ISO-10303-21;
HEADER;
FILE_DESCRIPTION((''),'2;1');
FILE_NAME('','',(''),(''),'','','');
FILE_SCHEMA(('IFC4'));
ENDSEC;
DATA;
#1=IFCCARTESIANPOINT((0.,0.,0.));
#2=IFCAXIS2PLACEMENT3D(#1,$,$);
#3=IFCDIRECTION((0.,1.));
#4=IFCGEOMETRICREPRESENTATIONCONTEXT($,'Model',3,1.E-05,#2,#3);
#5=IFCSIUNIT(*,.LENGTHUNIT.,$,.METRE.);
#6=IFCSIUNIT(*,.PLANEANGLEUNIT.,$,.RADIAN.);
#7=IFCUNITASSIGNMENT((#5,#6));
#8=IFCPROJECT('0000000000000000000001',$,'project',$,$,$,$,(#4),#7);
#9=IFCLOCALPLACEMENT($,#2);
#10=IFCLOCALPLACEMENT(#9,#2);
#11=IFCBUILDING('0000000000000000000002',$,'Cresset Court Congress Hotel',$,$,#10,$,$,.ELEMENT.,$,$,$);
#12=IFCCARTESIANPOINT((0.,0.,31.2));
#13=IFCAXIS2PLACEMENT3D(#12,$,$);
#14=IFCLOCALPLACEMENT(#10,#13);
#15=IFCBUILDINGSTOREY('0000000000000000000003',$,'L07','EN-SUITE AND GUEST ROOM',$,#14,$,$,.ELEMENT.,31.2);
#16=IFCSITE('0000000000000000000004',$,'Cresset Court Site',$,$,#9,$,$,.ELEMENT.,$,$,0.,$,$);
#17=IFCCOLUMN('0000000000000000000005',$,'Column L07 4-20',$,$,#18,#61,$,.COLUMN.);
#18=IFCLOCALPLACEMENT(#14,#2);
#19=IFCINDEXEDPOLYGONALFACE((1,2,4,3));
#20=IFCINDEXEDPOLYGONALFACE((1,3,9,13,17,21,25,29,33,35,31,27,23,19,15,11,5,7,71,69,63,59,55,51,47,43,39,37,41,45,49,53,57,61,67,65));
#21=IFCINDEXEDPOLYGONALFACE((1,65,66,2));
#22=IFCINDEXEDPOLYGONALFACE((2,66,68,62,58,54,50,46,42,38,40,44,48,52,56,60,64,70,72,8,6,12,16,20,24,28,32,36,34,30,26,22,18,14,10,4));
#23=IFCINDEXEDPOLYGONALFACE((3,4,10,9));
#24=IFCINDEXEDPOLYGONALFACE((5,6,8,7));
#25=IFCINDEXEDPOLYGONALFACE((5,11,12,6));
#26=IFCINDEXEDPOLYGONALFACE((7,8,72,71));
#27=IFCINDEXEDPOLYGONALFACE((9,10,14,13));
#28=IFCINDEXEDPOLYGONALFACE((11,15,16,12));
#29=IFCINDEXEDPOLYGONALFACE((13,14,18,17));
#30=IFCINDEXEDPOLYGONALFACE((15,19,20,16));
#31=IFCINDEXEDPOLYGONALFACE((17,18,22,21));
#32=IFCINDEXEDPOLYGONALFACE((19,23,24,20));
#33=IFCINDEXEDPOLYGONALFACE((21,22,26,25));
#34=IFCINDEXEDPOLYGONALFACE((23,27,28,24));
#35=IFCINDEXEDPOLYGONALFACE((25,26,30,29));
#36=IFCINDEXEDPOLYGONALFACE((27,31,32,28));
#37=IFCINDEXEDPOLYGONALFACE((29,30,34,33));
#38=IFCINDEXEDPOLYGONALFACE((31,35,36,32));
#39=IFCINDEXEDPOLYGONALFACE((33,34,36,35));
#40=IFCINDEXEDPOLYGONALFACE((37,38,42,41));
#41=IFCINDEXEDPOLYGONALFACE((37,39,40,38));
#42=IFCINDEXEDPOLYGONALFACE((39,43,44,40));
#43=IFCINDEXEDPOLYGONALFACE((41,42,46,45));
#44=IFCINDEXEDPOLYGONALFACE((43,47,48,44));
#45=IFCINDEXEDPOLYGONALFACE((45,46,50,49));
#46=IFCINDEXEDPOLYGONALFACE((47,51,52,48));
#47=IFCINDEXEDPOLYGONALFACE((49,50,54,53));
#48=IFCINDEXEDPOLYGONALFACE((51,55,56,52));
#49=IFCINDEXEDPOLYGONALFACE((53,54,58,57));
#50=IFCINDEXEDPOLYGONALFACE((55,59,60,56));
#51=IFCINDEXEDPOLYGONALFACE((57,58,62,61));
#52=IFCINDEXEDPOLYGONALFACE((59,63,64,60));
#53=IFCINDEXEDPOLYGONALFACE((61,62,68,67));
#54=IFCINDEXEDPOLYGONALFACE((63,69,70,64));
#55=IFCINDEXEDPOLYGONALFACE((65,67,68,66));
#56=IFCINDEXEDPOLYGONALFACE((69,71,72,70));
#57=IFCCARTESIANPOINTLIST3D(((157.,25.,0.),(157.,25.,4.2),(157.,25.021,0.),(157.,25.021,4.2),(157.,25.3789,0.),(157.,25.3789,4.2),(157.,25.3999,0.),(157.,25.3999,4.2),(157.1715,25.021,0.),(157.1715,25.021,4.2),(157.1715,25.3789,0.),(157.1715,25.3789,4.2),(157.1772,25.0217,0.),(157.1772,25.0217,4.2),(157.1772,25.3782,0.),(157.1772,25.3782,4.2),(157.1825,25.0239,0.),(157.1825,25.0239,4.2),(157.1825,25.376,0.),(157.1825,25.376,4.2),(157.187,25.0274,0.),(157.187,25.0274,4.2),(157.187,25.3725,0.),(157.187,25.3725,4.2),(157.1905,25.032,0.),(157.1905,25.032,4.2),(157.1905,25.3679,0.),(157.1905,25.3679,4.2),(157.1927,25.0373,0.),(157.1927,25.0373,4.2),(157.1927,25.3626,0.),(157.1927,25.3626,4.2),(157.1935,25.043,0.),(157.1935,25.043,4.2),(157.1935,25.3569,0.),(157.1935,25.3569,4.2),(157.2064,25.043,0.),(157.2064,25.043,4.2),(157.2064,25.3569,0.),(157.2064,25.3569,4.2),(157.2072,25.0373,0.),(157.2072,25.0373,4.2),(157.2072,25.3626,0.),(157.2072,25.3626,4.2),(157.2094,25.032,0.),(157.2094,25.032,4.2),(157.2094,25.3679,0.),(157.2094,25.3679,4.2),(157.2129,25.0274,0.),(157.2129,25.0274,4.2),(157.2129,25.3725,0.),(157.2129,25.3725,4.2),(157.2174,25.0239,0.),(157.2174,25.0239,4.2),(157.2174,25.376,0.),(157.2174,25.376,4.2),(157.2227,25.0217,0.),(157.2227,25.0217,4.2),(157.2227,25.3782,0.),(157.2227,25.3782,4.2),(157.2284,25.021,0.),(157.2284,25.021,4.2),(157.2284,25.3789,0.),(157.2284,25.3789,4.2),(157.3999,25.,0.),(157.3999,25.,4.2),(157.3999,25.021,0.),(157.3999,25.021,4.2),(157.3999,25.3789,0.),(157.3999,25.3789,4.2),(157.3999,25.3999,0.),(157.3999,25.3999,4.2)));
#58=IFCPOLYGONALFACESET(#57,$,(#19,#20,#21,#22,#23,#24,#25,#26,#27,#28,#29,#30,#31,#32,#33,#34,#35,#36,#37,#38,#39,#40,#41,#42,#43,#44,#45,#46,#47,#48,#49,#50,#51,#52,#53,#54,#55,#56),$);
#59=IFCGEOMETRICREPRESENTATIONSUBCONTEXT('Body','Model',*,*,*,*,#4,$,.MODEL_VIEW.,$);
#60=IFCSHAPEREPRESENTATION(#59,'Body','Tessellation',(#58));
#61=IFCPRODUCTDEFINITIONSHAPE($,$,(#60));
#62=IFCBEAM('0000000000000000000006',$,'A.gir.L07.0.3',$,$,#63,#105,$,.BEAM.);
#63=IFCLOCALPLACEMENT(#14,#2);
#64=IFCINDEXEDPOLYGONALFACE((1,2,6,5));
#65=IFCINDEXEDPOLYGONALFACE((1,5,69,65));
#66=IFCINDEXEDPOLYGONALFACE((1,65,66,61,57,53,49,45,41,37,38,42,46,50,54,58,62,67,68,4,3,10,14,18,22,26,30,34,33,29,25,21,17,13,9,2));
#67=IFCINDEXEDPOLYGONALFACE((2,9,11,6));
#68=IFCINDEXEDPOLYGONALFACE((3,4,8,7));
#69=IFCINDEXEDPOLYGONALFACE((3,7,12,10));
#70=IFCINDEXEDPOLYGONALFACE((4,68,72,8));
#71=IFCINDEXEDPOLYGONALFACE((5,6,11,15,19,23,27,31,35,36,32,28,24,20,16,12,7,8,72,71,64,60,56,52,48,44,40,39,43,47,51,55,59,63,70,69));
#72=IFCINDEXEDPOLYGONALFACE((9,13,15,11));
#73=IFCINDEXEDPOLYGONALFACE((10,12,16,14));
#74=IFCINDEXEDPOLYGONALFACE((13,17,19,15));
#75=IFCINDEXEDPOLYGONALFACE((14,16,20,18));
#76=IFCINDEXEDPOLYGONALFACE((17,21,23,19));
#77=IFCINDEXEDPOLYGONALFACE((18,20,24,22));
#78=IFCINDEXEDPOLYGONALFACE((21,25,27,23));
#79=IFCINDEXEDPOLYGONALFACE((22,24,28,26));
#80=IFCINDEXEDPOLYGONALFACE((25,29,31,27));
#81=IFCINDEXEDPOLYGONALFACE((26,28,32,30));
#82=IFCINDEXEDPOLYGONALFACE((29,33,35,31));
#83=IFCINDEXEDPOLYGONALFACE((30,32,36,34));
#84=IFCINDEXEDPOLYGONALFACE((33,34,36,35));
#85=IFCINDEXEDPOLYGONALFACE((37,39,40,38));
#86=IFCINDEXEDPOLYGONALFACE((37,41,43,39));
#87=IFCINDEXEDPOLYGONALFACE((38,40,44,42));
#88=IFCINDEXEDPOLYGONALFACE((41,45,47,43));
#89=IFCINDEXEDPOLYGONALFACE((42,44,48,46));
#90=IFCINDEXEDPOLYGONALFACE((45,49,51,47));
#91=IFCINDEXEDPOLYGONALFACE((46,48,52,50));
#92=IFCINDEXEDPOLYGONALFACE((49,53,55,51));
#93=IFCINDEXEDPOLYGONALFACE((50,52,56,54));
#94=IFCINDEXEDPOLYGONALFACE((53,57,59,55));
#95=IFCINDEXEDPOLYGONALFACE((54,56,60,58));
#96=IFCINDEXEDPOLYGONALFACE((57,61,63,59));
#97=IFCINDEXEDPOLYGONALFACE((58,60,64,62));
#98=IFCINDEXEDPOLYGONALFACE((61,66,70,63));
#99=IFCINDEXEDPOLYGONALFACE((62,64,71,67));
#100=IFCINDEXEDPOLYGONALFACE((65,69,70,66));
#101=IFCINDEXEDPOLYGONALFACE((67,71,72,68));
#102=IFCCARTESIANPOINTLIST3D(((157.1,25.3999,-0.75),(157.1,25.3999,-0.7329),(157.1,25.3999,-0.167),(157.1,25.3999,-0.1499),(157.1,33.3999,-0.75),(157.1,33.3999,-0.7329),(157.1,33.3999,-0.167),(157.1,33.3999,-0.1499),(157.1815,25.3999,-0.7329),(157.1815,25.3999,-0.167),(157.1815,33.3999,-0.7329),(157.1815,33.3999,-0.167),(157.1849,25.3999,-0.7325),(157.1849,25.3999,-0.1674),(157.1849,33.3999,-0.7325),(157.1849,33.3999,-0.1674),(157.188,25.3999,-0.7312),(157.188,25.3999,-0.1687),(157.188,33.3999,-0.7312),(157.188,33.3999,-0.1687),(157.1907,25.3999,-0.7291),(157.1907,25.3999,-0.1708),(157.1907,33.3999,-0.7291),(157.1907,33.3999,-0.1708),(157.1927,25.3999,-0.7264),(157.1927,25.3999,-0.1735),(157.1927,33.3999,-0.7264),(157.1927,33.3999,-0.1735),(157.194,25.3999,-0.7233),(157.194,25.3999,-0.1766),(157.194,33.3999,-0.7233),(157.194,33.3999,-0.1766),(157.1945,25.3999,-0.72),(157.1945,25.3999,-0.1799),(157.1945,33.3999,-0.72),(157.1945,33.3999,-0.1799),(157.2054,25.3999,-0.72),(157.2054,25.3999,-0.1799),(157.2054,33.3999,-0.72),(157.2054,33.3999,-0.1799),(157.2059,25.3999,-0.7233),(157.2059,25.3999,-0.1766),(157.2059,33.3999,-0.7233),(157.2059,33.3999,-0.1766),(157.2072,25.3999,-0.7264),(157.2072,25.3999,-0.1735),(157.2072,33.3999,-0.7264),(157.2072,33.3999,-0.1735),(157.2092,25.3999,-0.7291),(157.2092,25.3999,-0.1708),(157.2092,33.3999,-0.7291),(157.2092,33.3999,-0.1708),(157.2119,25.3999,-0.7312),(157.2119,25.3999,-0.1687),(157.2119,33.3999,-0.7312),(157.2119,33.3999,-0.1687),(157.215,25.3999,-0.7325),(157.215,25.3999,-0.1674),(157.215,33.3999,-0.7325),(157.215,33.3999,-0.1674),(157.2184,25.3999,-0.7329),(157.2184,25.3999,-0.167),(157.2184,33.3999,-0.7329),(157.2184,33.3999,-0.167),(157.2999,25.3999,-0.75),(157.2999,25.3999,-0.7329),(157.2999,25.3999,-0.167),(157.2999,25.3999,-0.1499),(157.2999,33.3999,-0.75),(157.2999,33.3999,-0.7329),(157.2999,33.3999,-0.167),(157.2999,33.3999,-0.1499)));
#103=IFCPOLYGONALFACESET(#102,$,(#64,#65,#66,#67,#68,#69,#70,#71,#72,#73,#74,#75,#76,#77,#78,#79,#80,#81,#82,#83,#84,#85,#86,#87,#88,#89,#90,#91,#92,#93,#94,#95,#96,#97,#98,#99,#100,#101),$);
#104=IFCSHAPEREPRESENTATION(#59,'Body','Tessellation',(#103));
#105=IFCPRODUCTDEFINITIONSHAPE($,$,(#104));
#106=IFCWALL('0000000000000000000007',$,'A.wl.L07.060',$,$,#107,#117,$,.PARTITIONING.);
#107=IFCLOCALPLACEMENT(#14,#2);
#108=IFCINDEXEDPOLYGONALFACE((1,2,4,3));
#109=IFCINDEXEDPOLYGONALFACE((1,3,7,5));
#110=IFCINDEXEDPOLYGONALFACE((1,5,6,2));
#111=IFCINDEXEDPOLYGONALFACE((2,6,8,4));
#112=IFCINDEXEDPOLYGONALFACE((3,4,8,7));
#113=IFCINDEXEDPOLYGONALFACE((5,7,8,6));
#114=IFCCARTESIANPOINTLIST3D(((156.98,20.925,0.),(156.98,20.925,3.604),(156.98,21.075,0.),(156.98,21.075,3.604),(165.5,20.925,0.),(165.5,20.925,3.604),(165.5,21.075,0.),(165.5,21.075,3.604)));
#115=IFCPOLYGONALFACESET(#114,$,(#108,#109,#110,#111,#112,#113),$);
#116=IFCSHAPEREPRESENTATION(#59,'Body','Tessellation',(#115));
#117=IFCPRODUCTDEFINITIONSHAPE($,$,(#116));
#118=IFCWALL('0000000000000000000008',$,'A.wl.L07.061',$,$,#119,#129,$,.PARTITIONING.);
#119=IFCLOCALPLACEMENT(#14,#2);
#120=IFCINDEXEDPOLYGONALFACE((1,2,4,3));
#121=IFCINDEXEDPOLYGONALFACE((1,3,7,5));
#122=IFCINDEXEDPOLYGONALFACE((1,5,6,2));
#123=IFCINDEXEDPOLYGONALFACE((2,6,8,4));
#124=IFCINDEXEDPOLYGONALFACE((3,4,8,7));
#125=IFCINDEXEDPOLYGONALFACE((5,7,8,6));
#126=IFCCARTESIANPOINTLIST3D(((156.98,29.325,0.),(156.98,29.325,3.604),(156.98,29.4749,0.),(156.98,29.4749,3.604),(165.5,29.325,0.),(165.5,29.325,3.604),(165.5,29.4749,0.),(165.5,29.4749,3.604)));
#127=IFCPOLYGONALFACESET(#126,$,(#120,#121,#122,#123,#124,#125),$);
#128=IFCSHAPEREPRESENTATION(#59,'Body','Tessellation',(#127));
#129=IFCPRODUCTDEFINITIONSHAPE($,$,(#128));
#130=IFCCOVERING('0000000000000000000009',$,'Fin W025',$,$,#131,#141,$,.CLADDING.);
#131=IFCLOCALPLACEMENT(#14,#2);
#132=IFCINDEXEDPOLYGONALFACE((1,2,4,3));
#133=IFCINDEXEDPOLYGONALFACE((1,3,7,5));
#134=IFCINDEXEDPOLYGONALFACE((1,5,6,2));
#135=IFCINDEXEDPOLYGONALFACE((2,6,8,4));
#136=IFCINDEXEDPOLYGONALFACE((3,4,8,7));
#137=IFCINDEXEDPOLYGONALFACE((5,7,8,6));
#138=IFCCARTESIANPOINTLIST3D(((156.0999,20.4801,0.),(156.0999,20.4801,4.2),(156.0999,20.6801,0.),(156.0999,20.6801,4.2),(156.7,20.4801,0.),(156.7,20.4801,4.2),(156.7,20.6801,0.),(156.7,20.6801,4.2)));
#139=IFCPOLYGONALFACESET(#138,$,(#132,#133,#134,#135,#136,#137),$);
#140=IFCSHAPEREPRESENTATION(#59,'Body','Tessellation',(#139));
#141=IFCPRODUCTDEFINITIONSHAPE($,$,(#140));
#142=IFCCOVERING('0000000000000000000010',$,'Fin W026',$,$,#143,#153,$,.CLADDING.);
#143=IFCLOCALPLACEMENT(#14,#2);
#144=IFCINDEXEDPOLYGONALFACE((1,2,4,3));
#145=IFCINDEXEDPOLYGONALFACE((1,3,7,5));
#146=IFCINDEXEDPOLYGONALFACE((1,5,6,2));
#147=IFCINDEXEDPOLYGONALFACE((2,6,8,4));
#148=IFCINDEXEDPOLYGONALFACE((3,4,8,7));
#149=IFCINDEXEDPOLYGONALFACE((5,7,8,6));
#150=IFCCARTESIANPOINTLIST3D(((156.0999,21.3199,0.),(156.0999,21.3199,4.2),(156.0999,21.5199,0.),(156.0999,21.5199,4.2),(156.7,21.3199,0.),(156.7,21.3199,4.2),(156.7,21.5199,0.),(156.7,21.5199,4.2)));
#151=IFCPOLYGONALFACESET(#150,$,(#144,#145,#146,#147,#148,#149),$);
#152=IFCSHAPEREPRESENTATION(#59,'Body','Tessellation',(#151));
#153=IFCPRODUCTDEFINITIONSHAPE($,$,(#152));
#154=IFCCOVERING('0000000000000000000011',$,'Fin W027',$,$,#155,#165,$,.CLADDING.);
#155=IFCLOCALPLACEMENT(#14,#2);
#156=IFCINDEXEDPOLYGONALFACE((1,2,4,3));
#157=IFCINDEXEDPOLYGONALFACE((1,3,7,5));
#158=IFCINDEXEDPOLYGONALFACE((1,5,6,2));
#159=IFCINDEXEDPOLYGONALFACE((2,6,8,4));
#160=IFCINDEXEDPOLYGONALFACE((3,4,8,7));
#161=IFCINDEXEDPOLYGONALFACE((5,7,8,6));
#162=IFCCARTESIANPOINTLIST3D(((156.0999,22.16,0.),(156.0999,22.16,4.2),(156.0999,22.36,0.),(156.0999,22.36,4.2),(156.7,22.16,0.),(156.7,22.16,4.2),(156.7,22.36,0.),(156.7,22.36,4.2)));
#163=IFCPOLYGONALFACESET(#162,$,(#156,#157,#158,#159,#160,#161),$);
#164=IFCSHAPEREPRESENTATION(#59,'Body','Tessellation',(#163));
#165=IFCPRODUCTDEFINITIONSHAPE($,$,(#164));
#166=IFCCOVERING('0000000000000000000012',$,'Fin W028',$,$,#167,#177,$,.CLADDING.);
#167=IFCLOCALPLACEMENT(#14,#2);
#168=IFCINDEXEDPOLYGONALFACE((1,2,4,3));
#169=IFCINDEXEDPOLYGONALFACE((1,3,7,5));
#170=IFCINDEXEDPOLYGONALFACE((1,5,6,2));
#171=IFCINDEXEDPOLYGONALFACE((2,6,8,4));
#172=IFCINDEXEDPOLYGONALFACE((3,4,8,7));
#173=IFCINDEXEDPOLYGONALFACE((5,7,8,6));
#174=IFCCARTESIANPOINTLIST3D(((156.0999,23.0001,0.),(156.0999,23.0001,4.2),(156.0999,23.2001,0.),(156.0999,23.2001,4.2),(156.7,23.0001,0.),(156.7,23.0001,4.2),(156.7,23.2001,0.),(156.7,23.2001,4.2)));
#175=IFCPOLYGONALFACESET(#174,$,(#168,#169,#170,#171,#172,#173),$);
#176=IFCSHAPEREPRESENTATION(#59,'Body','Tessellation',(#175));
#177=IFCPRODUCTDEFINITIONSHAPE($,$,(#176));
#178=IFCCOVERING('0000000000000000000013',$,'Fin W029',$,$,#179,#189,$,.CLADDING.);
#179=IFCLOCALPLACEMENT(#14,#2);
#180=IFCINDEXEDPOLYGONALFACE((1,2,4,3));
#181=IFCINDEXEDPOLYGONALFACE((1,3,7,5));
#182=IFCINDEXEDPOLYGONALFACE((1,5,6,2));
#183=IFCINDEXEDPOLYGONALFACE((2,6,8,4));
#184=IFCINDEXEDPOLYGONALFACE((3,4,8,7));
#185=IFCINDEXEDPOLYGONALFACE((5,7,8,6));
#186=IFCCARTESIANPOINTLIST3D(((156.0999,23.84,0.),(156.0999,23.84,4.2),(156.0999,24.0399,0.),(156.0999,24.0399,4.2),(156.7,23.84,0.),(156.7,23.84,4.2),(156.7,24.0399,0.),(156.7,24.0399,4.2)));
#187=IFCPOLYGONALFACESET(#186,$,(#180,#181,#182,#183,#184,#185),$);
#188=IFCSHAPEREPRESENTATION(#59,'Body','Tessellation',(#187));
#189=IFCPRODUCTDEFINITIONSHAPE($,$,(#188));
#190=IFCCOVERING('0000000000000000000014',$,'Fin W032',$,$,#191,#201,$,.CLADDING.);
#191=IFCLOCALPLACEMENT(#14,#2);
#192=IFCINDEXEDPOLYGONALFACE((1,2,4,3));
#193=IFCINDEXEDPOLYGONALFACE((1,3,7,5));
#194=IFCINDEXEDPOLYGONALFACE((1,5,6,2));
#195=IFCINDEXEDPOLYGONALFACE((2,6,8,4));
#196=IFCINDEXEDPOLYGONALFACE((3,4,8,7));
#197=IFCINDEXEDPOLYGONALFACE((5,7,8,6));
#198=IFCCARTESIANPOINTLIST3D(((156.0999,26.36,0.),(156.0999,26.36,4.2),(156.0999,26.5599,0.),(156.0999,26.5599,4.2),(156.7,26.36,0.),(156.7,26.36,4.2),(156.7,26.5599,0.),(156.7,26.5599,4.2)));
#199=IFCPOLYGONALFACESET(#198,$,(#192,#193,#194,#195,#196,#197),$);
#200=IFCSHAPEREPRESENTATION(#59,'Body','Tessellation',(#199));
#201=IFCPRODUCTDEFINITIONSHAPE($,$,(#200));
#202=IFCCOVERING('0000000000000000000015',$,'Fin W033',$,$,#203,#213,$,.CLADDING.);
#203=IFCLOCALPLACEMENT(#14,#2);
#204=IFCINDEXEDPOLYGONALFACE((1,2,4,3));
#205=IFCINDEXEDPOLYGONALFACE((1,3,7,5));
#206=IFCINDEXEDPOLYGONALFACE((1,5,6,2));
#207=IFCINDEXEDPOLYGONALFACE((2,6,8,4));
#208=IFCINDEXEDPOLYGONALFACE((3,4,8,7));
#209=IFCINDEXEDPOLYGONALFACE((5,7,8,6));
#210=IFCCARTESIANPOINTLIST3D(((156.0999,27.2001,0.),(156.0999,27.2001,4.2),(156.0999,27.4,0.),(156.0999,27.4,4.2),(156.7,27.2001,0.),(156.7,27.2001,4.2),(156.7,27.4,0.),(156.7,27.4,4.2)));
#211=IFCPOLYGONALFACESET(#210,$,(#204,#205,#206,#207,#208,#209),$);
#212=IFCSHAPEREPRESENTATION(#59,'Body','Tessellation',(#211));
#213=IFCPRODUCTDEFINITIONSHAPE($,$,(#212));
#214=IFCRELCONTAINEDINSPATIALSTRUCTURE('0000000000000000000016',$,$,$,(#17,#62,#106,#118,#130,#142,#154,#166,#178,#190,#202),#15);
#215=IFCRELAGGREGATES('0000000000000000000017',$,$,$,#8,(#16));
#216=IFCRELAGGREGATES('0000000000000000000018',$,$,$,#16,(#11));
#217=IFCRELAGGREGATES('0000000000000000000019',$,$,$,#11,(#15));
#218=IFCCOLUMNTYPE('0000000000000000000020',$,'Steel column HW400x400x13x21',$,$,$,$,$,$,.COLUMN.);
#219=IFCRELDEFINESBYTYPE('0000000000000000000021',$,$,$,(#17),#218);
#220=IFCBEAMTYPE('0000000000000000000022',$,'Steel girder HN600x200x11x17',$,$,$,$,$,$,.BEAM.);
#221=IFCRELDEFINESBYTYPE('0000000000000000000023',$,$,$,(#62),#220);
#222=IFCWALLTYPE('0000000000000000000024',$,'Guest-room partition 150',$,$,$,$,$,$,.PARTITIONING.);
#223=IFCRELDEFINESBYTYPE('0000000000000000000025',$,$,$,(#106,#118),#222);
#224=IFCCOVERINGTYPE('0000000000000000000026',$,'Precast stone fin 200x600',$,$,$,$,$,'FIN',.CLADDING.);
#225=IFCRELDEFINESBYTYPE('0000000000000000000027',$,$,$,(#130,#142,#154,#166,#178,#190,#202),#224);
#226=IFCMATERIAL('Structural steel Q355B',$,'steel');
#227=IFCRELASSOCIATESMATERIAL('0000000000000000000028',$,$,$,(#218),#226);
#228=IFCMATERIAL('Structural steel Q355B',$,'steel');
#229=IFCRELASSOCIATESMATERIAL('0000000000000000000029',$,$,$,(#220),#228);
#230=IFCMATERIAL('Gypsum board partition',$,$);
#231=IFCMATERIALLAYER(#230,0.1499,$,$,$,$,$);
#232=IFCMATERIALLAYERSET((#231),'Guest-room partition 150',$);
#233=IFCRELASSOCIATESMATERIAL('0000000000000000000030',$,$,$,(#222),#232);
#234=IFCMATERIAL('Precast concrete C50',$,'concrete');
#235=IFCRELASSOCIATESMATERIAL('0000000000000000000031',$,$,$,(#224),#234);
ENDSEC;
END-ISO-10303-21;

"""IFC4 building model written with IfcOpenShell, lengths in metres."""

from ifc_helpers import new_model, si_unit, direction, frame, frame_2d, origin, origin_2d, place, context, subcontext, project, spatial, rectangle, i_section, extrude, material, layer, layer_set, material_profile, profile_set, type_object, element, save


model = new_model("IFC4")

# Units and contexts
model_context = context("Model", 3, precision=1e-05, world=origin(), true_north=direction((0.0, 1.0)))
body_context = subcontext(model_context, "Body", "Model", "MODEL_VIEW")
ifc_project = project(units=[si_unit("LENGTHUNIT", "METRE"), si_unit("PLANEANGLEUNIT", "RADIAN")], contexts=[model_context])

# Site, building, storey
site_placement = place(None, origin())
site = spatial("IfcSite", under=ifc_project, at=site_placement, Name="Cresset Court Site", CompositionType="ELEMENT", RefElevation=0.0)
building_placement = place(site_placement, origin())
building = spatial("IfcBuilding", under=site, at=building_placement, Name="Cresset Court Congress Hotel", CompositionType="ELEMENT")
storey_placement = place(building_placement, frame((0.0, 0.0, 31.2)))
storey = spatial("IfcBuildingStorey", under=building, at=storey_placement, Name="L07", Description="EN-SUITE AND GUEST ROOM", CompositionType="ELEMENT", Elevation=31.2)

# Column
ifc_material_1 = material(Name="Structural steel Q355B", Category="steel")
ifc_material_profile_1 = material_profile(ifc_material_1, i_section(OverallWidth=0.3999, OverallDepth=0.3999, WebThickness=0.0129, FlangeThickness=0.021, FilletRadius=0.022, at=origin_2d()), Name="HW400x400x13x21")
ifc_profile_set_1 = profile_set([ifc_material_profile_1], Name="Structural steel Q355B")
column_type = type_object("IfcColumnType", Name="Steel column HW400x400x13x21", PredefinedType="COLUMN", material=ifc_profile_set_1)
column_placement = place(storey_placement, frame((157.2, 25.2, 0.0), z_axis=(0.0, 0.0, 1.0), x_axis=(1.0, 0.0, 0.0)))
element("IfcColumn", 1, at=column_placement, inside=storey, type_object=column_type, Name="Column L07 4-20", PredefinedType="COLUMN", context=body_context, shape_type="SweptSolid", body=[
    extrude(i_section(OverallWidth=0.3999, OverallDepth=0.3999, WebThickness=0.0129, FlangeThickness=0.021, FilletRadius=0.022, at=origin_2d()), origin(), (0.0, 0.0, 1.0), 4.2),
])

# Beam
ifc_material_2 = material(Name="Structural steel Q355B", Category="steel")
ifc_material_profile_2 = material_profile(ifc_material_2, i_section(OverallWidth=0.2, OverallDepth=0.6001, WebThickness=0.011, FlangeThickness=0.0171, FilletRadius=0.0129, at=origin_2d()), Name="HN600x200x11x17")
ifc_profile_set_2 = profile_set([ifc_material_profile_2], Name="Structural steel Q355B")
beam_type = type_object("IfcBeamType", Name="Steel girder HN600x200x11x17", PredefinedType="BEAM", material=ifc_profile_set_2)
beam_placement = place(storey_placement, frame((157.2, 25.3999, -0.45), z_axis=(0.0, 1.0, 0.0), x_axis=(-1.0, 0.0, 0.0)))
element("IfcBeam", 2, at=beam_placement, inside=storey, type_object=beam_type, Name="A.gir.L07.0.3", PredefinedType="BEAM", context=body_context, shape_type="SweptSolid", body=[
    extrude(i_section(OverallWidth=0.2, OverallDepth=0.6001, WebThickness=0.011, FlangeThickness=0.0171, FilletRadius=0.0129, at=origin_2d()), origin(), (0.0, 0.0, 1.0), 8.0),
])

# Walls
ifc_material_3 = material(Name="Gypsum board partition")
ifc_layer = layer(ifc_material_3, 0.1499)
ifc_layer_set = layer_set([ifc_layer], Name="Guest-room partition 150")
wall_type = type_object("IfcWallType", Name="Guest-room partition 150", PredefinedType="PARTITIONING", material=ifc_layer_set)
for number, where, z_axis, x_axis, name in (
    (3, (156.98, 21.0, 0.0), (0.0, 0.0, 1.0), (1.0, 0.0, 0.0), "A.wl.L07.060"),
    (4, (156.98, 29.3999, 0.0), (0.0, 0.0, 1.0), (1.0, 0.0, 0.0), "A.wl.L07.061"),
):
    element("IfcWall", number, at=place(storey_placement, frame(where, z_axis=z_axis, x_axis=x_axis)), inside=storey, type_object=wall_type, Name=name, PredefinedType="PARTITIONING", context=body_context, shape_type="SweptSolid", body=[
        extrude(rectangle(XDim=8.52, YDim=0.1499, at=frame_2d((4.26, 0.0))), origin(), (0.0, 0.0, 1.0), 3.604),
    ])

# Coverings
ifc_material_4 = material(Name="Precast concrete C50", Category="concrete")
covering_type = type_object("IfcCoveringType", Name="Precast stone fin 200x600", ElementType="FIN", PredefinedType="CLADDING", material=ifc_material_4)
for number, where, z_axis, x_axis, name in (
    (5, (156.3999, 20.5801, 0.0), (0.0, 0.0, 1.0), (1.0, 0.0, 0.0), "Fin W025"),
    (6, (156.3999, 21.4199, 0.0), (0.0, 0.0, 1.0), (1.0, 0.0, 0.0), "Fin W026"),
    (7, (156.3999, 22.26, 0.0), (0.0, 0.0, 1.0), (1.0, 0.0, 0.0), "Fin W027"),
    (8, (156.3999, 23.1001, 0.0), (0.0, 0.0, 1.0), (1.0, 0.0, 0.0), "Fin W028"),
    (9, (156.3999, 23.9399, 0.0), (0.0, 0.0, 1.0), (1.0, 0.0, 0.0), "Fin W029"),
    (10, (156.3999, 26.46, 0.0), (0.0, 0.0, 1.0), (1.0, 0.0, 0.0), "Fin W032"),
    (11, (156.3999, 27.3, 0.0), (0.0, 0.0, 1.0), (1.0, 0.0, 0.0), "Fin W033"),
):
    element("IfcCovering", number, at=place(storey_placement, frame(where, z_axis=z_axis, x_axis=x_axis)), inside=storey, type_object=covering_type, Name=name, PredefinedType="CLADDING", context=body_context, shape_type="SweptSolid", body=[
        extrude(rectangle(XDim=0.6001, YDim=0.2, at=origin_2d()), origin(), (0.0, 0.0, 1.0), 4.2),
    ])

save(model, "model.ifc")
